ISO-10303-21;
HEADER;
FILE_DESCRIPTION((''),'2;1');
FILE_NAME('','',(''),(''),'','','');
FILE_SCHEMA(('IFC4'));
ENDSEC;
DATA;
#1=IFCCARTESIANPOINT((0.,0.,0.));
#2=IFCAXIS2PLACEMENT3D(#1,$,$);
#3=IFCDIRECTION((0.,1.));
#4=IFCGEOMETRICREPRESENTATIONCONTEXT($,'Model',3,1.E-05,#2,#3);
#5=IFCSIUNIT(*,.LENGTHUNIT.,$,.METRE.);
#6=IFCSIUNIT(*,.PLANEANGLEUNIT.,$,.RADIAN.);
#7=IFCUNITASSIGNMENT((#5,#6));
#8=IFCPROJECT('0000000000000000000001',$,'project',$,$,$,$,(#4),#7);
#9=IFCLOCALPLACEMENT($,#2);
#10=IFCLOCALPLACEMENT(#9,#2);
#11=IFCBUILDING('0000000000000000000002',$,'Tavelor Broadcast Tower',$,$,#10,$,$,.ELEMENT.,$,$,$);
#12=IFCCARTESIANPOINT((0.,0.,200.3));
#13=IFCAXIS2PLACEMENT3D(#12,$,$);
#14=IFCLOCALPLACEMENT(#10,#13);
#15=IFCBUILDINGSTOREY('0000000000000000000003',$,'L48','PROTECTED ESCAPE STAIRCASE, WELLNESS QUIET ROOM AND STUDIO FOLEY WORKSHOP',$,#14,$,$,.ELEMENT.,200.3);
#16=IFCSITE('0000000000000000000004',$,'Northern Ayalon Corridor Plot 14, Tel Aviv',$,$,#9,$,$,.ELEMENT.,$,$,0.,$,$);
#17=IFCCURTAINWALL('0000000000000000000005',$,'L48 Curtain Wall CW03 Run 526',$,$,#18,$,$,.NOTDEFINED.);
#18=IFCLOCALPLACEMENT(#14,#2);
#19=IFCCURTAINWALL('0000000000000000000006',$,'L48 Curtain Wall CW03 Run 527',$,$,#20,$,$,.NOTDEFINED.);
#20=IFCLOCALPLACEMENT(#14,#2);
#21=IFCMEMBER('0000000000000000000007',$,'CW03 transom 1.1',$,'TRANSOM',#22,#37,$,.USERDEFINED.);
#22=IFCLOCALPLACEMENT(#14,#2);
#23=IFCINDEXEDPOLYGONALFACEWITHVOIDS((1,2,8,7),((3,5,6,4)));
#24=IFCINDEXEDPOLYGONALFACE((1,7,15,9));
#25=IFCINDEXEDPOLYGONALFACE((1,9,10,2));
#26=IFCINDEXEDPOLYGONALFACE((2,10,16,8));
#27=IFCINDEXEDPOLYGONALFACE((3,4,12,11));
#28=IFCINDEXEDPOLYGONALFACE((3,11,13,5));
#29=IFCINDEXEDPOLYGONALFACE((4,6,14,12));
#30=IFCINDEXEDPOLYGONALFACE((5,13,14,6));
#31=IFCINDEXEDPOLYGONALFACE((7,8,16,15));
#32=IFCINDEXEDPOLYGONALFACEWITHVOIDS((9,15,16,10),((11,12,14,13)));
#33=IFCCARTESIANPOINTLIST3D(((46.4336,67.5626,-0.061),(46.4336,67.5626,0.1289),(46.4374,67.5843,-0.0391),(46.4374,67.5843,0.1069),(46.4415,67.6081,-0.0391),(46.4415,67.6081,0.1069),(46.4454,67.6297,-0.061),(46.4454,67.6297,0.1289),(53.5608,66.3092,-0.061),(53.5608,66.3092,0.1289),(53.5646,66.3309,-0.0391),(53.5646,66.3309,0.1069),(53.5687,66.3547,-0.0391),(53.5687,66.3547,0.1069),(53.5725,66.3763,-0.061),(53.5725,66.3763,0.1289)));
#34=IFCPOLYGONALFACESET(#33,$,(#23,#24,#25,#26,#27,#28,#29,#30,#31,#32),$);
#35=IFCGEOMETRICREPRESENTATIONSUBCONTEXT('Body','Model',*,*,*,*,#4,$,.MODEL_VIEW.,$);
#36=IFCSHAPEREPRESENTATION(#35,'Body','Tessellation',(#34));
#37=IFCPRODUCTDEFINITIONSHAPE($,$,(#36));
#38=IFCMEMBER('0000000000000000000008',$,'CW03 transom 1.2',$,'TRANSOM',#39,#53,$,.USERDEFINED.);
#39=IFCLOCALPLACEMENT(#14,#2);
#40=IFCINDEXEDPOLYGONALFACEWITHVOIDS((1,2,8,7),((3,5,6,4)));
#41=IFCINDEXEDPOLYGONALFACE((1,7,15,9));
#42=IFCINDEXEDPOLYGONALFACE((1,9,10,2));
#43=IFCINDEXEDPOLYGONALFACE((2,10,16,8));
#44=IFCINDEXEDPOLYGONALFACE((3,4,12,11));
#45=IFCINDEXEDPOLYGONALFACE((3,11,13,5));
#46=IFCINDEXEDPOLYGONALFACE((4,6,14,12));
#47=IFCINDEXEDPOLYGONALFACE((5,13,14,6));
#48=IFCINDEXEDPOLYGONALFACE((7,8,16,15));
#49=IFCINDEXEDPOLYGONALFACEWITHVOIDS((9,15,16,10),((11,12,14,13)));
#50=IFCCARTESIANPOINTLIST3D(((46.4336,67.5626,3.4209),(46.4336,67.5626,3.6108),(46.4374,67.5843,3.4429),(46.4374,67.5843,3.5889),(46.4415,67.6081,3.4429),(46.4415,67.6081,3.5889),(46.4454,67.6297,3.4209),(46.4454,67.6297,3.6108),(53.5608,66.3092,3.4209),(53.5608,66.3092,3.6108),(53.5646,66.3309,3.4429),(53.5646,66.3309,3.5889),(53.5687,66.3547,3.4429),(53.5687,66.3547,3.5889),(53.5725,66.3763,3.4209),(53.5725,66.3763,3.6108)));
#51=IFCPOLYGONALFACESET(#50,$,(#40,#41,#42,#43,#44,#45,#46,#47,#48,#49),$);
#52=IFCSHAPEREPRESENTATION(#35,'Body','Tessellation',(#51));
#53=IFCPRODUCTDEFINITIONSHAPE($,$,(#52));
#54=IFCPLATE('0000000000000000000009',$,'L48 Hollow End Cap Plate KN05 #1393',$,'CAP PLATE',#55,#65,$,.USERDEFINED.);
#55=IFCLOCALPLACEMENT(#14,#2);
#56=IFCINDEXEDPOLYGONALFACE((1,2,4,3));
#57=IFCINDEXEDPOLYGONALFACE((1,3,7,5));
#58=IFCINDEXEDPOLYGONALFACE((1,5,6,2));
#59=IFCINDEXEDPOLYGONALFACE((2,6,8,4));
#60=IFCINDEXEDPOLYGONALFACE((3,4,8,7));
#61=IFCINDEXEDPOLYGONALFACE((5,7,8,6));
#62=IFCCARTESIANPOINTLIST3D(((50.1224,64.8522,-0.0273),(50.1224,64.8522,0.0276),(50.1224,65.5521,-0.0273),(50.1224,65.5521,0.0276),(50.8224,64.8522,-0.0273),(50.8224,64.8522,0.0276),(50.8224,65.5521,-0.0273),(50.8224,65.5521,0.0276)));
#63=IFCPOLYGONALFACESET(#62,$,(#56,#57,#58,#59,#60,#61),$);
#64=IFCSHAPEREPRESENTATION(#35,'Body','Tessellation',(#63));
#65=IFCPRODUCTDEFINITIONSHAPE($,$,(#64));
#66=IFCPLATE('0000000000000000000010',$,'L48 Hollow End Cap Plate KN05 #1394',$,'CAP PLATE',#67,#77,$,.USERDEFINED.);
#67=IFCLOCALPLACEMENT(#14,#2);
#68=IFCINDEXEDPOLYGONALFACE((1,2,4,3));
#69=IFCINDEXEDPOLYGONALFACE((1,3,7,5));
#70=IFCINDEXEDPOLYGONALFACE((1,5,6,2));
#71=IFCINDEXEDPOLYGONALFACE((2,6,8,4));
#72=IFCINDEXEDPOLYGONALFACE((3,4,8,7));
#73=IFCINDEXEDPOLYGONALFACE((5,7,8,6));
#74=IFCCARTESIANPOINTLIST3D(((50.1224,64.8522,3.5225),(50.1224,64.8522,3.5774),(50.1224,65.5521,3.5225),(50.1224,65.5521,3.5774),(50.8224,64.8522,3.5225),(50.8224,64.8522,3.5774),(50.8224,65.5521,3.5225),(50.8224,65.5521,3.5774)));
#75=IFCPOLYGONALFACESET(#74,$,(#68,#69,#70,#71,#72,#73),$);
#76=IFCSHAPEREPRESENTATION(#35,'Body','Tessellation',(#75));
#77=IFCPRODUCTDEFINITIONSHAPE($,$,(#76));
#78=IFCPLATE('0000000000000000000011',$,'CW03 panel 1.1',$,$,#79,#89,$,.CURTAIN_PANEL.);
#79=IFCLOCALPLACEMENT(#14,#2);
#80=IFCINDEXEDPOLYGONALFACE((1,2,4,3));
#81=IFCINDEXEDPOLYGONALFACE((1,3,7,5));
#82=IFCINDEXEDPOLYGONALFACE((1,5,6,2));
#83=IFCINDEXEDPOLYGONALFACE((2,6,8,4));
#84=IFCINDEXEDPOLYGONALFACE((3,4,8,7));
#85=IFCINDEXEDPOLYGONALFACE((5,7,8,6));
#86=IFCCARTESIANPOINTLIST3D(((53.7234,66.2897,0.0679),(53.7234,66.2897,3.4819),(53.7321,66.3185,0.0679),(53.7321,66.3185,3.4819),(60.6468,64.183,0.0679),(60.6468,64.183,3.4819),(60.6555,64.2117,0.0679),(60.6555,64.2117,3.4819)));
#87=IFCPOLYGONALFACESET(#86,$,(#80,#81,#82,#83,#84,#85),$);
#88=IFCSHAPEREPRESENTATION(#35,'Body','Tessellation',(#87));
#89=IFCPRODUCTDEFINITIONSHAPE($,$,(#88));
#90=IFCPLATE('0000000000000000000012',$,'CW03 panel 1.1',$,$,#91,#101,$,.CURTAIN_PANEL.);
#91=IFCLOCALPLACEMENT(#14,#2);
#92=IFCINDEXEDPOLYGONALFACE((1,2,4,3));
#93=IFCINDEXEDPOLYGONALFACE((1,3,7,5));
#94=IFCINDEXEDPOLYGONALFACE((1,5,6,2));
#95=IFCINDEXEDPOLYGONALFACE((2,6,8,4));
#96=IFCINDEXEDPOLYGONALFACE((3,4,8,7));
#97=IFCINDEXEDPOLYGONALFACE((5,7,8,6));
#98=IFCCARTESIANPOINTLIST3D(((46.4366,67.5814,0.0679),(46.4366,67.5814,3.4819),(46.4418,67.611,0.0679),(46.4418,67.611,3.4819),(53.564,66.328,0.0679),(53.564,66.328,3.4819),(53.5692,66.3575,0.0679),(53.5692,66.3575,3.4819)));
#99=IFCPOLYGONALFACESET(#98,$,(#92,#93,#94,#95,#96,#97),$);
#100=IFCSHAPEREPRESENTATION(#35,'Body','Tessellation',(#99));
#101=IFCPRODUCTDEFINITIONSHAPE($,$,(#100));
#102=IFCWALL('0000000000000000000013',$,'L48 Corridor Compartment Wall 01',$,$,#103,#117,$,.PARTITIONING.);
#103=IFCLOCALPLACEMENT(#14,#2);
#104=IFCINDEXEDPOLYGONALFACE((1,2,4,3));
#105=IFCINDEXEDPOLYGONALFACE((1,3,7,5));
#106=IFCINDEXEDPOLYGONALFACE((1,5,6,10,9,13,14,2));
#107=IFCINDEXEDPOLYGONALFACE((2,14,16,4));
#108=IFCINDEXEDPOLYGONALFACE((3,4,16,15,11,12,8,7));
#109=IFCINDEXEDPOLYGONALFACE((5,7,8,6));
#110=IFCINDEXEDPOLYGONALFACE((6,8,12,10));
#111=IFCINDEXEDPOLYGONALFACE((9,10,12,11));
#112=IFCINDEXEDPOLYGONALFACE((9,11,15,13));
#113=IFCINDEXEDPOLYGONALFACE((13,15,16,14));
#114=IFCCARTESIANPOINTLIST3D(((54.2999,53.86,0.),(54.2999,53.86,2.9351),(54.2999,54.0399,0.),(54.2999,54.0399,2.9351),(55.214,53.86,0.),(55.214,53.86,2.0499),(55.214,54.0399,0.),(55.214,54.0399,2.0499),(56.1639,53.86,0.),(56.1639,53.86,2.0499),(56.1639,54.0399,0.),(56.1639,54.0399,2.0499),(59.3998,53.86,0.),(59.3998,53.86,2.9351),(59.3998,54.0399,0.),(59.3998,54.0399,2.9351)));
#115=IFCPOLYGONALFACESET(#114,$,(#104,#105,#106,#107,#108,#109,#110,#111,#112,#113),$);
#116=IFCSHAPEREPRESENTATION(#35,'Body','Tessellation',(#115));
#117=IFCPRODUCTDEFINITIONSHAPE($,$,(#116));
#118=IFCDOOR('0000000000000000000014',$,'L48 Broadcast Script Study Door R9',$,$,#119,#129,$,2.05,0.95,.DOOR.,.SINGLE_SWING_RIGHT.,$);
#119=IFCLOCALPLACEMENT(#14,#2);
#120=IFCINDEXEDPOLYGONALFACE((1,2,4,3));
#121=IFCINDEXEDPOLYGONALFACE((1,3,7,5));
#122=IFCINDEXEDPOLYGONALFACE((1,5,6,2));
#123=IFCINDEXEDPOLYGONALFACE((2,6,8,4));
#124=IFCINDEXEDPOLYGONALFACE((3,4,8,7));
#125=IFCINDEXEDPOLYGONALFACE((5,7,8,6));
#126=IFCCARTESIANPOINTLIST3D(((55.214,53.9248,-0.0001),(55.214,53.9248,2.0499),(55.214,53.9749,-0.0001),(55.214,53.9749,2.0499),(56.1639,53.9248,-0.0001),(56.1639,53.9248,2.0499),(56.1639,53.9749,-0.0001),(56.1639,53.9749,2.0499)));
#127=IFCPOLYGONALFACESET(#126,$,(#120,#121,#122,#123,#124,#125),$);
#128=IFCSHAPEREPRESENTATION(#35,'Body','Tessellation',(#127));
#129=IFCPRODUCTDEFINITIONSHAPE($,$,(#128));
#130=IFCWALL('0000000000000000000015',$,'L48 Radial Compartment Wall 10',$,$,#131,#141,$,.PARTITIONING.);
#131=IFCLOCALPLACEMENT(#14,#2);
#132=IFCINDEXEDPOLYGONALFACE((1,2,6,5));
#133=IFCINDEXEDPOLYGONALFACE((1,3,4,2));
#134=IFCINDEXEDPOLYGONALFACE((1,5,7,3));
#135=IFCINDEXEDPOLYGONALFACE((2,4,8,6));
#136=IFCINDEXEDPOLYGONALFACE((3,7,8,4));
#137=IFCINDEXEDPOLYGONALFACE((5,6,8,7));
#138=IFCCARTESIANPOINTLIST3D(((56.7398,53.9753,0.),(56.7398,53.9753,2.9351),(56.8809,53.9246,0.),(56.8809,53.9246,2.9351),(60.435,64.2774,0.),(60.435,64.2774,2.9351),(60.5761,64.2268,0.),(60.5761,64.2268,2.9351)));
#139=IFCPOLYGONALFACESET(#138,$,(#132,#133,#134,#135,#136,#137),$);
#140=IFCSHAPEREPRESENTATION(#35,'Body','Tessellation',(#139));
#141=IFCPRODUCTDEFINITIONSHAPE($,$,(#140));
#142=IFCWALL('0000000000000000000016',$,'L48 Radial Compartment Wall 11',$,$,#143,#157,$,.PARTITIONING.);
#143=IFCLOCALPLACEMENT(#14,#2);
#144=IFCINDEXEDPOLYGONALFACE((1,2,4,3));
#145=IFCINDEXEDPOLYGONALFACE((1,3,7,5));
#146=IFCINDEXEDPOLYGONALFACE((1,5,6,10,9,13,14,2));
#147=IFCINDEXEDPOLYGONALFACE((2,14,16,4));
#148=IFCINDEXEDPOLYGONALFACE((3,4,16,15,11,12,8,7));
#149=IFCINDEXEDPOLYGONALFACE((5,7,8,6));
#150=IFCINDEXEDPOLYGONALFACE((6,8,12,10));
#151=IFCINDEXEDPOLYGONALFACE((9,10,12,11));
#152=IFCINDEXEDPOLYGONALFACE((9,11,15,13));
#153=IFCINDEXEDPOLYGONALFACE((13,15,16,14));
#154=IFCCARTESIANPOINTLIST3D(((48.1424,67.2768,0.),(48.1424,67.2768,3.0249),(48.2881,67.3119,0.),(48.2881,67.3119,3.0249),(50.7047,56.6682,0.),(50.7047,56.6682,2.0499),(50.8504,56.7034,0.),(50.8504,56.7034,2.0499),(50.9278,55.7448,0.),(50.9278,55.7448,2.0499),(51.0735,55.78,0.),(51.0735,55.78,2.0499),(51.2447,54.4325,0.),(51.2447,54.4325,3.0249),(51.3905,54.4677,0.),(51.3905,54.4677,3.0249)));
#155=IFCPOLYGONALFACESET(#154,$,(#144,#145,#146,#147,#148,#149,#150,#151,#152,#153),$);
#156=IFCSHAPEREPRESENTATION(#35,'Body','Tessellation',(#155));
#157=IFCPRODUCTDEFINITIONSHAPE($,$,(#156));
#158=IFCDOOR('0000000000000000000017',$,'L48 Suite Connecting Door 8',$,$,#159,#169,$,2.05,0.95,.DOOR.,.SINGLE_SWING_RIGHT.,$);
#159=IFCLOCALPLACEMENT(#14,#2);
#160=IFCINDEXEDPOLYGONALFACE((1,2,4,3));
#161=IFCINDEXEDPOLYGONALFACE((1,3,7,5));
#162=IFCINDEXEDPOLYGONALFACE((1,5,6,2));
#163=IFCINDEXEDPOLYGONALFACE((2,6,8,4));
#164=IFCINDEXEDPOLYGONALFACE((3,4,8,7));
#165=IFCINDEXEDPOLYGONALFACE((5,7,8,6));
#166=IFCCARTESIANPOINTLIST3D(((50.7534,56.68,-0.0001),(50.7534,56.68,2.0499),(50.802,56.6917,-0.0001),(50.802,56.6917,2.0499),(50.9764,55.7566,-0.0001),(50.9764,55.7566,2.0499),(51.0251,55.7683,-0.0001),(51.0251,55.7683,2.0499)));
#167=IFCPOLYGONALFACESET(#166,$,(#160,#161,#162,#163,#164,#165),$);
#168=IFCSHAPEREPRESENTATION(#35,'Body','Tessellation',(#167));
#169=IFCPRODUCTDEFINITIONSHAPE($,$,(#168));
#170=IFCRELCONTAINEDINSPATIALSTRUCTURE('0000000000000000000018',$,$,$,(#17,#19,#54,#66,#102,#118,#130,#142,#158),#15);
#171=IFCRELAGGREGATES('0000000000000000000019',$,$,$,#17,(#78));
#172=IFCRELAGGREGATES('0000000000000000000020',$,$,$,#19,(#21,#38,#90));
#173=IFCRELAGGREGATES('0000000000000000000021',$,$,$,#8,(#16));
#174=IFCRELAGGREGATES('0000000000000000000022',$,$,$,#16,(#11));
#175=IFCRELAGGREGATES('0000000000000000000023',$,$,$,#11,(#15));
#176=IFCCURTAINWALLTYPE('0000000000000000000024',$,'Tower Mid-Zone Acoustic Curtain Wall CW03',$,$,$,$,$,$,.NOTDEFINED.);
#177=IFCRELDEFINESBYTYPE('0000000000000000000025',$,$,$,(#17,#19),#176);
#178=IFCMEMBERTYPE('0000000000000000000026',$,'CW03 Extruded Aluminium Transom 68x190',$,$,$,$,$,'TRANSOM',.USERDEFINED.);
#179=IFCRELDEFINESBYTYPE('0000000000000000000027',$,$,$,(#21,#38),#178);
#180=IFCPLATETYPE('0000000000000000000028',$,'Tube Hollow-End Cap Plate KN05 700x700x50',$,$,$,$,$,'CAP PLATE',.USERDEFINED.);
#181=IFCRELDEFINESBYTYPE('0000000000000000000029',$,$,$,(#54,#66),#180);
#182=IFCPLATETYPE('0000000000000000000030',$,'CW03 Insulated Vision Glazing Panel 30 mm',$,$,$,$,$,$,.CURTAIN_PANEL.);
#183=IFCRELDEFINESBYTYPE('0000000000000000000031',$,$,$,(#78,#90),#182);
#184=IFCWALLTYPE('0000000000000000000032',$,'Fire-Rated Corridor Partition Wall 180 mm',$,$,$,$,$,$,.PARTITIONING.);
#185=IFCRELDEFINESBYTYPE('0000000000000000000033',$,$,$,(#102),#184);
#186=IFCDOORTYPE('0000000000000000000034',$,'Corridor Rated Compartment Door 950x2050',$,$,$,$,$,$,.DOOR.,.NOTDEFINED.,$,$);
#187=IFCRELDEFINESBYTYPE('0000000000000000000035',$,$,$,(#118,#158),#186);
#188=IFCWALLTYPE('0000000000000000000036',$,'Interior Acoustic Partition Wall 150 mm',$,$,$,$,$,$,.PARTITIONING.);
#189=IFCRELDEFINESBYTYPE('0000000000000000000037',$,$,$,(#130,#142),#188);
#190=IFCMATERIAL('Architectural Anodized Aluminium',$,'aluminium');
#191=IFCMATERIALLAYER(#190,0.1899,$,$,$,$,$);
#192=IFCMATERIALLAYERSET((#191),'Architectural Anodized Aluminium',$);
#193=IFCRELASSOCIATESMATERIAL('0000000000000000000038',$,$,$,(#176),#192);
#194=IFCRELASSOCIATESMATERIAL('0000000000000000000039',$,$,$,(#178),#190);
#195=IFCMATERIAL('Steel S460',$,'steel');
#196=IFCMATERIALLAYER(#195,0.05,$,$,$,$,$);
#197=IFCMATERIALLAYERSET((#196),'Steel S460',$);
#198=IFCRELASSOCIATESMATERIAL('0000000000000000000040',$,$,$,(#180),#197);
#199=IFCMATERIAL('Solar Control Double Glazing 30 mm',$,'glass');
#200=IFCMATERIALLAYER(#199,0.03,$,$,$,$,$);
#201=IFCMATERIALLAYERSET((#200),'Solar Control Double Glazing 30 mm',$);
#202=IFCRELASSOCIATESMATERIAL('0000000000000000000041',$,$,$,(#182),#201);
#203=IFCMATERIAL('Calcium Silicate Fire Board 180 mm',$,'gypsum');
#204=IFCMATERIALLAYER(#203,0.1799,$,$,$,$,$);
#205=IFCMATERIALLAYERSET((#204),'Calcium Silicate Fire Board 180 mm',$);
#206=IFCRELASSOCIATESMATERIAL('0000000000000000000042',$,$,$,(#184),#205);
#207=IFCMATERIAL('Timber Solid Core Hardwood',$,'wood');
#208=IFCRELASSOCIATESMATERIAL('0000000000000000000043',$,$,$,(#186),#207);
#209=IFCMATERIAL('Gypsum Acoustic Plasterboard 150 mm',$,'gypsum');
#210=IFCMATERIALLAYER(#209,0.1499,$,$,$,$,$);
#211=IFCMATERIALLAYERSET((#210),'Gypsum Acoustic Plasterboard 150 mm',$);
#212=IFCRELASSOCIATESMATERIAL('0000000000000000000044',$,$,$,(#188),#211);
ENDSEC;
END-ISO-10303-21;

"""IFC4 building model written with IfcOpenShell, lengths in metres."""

from ifc_helpers import new_model, si_unit, direction, frame, frame_2d, origin, origin_2d, place, context, subcontext, project, spatial, rectangle, hollow_rectangle, extrude, source, transform, mapped, material, layer, layer_set, material_profile, profile_set, type_object, type_shapes, element, fill, aggregate, save


model = new_model("IFC4")

# Units and contexts
model_context = context("Model", 3, precision=1e-05, world=origin(), true_north=direction((0.0, 1.0)))
body_context = subcontext(model_context, "Body", "Model", "MODEL_VIEW")
ifc_project = project(units=[si_unit("LENGTHUNIT", "METRE"), si_unit("PLANEANGLEUNIT", "RADIAN")], contexts=[model_context])

# Site, building, storey
site_placement = place(None, origin())
site = spatial("IfcSite", under=ifc_project, at=site_placement, Name="Northern Ayalon Corridor Plot 14, Tel Aviv", CompositionType="ELEMENT", RefElevation=0.0)
building_placement = place(site_placement, origin())
building = spatial("IfcBuilding", under=site, at=building_placement, Name="Tavelor Broadcast Tower", CompositionType="ELEMENT")
storey_placement = place(building_placement, frame((0.0, 0.0, 200.3)))
storey = spatial("IfcBuildingStorey", under=building, at=storey_placement, Name="L48", Description="PROTECTED ESCAPE STAIRCASE, WELLNESS QUIET ROOM AND STUDIO FOLEY WORKSHOP", CompositionType="ELEMENT", Elevation=200.3)

# Shared definitions
ifc_material_1 = material(Name="Steel S460", Category="steel")

# Curtain wall
ifc_material_2 = material(Name="Architectural Anodized Aluminium", Category="aluminium")
ifc_layer_1 = layer(ifc_material_2, 0.1899)
ifc_layer_set_1 = layer_set([ifc_layer_1], Name="Architectural Anodized Aluminium")
curtain_wall_type = type_object("IfcCurtainWallType", Name="Tower Mid-Zone Acoustic Curtain Wall CW03", PredefinedType="NOTDEFINED", material=ifc_layer_set_1)
curtain_wall_1_placement = place(storey_placement, origin())
curtain_wall_1 = element("IfcCurtainWall", 1, at=curtain_wall_1_placement, inside=storey, type_object=curtain_wall_type, Name="L48 Curtain Wall CW03 Run 526", PredefinedType="NOTDEFINED")

# Curtain wall
curtain_wall_2_placement = place(storey_placement, origin())
curtain_wall_2 = element("IfcCurtainWall", 2, at=curtain_wall_2_placement, inside=storey, type_object=curtain_wall_type, Name="L48 Curtain Wall CW03 Run 527", PredefinedType="NOTDEFINED")

# Members
ifc_material_profile_1 = material_profile(ifc_material_2, hollow_rectangle(XDim=0.0681, YDim=0.1899, WallThickness=0.022, at=origin_2d()), Name="RHS 68x190x22")
ifc_profile_set_1 = profile_set([ifc_material_profile_1], Name="Architectural Anodized Aluminium")
member_type_1 = type_object("IfcMemberType", Name="CW03 Extruded Aluminium Transom 68x190", ElementType="TRANSOM", PredefinedType="USERDEFINED", material=ifc_profile_set_1)
shared_shape_1 = source(origin(), body_context, "Body", "SweptSolid", [
    extrude(hollow_rectangle(XDim=0.0681, YDim=0.1899, WallThickness=0.022, at=origin_2d()), origin(), (0.0, 0.0, 1.0), 7.2366),
])
type_shapes(member_type_1, [shared_shape_1])
member_1_placement = place(storey_placement, frame((53.5667, 66.3428, 0.0339), z_axis=(-0.984886, 0.173206, 0.0), x_axis=(-0.173206, -0.984886, 0.0)))
member_1 = element("IfcMember", 3, at=member_1_placement, type_object=member_type_1, Name="CW03 transom 1.1", ObjectType="TRANSOM", PredefinedType="USERDEFINED", context=body_context, shape_type="MappedRepresentation", body=[
    mapped(shared_shape_1, transform((0.0, 0.0, 0.0), scale=1.0)),
])
member_2_placement = place(storey_placement, frame((53.5667, 66.3428, 3.5159), z_axis=(-0.984886, 0.173206, 0.0), x_axis=(-0.173206, -0.984886, 0.0)))
member_2 = element("IfcMember", 4, at=member_2_placement, type_object=member_type_1, Name="CW03 transom 1.2", ObjectType="TRANSOM", PredefinedType="USERDEFINED", context=body_context, shape_type="MappedRepresentation", body=[
    mapped(shared_shape_1, transform((0.0, 0.0, 0.0), scale=1.0)),
])

# Plates
ifc_layer_2 = layer(ifc_material_1, 0.05)
ifc_layer_set_2 = layer_set([ifc_layer_2], Name="Steel S460")
plate_type_1 = type_object("IfcPlateType", Name="Tube Hollow-End Cap Plate KN05 700x700x50", ElementType="CAP PLATE", PredefinedType="USERDEFINED", material=ifc_layer_set_2)
shared_shape_2 = source(origin(), body_context, "Body", "SweptSolid", [
    extrude(rectangle(XDim=0.7, YDim=0.7, at=origin_2d()), origin(), (0.0, 0.0, 1.0), 0.0549),
])
type_shapes(plate_type_1, [shared_shape_2])
for number, where, z_axis, x_axis, name in (
    (5, (50.4724, 65.2021, -0.0273), (0.0, 0.0, 1.0), (1.0, 0.0, 0.0), "L48 Hollow End Cap Plate KN05 #1393"),
    (6, (50.4724, 65.2021, 3.5225), (0.0, 0.0, 1.0), (1.0, 0.0, 0.0), "L48 Hollow End Cap Plate KN05 #1394"),
):
    element("IfcPlate", number, at=place(storey_placement, frame(where, z_axis=z_axis, x_axis=x_axis)), inside=storey, type_object=plate_type_1, Name=name, ObjectType="CAP PLATE", PredefinedType="USERDEFINED", context=body_context, shape_type="MappedRepresentation", body=[
        mapped(shared_shape_2, transform((0.0, 0.0, 0.0), scale=1.0)),
    ])

# Plates
ifc_material_3 = material(Name="Solar Control Double Glazing 30 mm", Category="glass")
ifc_layer_3 = layer(ifc_material_3, 0.03)
ifc_layer_set_3 = layer_set([ifc_layer_3], Name="Solar Control Double Glazing 30 mm")
plate_type_2 = type_object("IfcPlateType", Name="CW03 Insulated Vision Glazing Panel 30 mm", PredefinedType="CURTAIN_PANEL", material=ifc_layer_set_3)
shared_shape_3 = source(origin(), body_context, "Body", "SweptSolid", [
    extrude(rectangle(XDim=7.2368, YDim=0.03, at=origin_2d()), origin(), (0.0, 0.0, 1.0), 3.4141),
])
type_shapes(plate_type_2, [shared_shape_3])
plate_1_placement = place(storey_placement, frame((57.1895, 65.2507, 0.0679), z_axis=(0.0, 0.0, 1.0), x_axis=(-0.956688, 0.291114, 0.0)))
plate_1 = element("IfcPlate", 7, at=plate_1_placement, type_object=plate_type_2, Name="CW03 panel 1.1", PredefinedType="CURTAIN_PANEL", context=body_context, shape_type="MappedRepresentation", body=[
    mapped(shared_shape_3, transform((0.0, 0.0, 0.0), scale=1.0)),
])
aggregate(curtain_wall_1, [plate_1])
plate_2_placement = place(storey_placement, frame((50.0029, 66.9695, 0.0679), z_axis=(0.0, 0.0, 1.0), x_axis=(-0.984886, 0.173206, 0.0)))
plate_2 = element("IfcPlate", 8, at=plate_2_placement, type_object=plate_type_2, Name="CW03 panel 1.1", PredefinedType="CURTAIN_PANEL", context=body_context, shape_type="MappedRepresentation", body=[
    mapped(shared_shape_3, transform((0.0, 0.0, 0.0), scale=1.0)),
])
aggregate(curtain_wall_2, [member_1, member_2, plate_2])

# Wall, opening, door
ifc_material_4 = material(Name="Calcium Silicate Fire Board 180 mm", Category="gypsum")
ifc_layer_4 = layer(ifc_material_4, 0.1799)
ifc_layer_set_4 = layer_set([ifc_layer_4], Name="Calcium Silicate Fire Board 180 mm")
wall_type_1 = type_object("IfcWallType", Name="Fire-Rated Corridor Partition Wall 180 mm", PredefinedType="PARTITIONING", material=ifc_layer_set_4)
wall_1_placement = place(storey_placement, frame((54.3, 53.95, 0.0), z_axis=(0.0, 0.0, 1.0), x_axis=(1.0, 0.0, 0.0)))
wall_1 = element("IfcWall", 9, at=wall_1_placement, inside=storey, type_object=wall_type_1, Name="L48 Corridor Compartment Wall 01", PredefinedType="PARTITIONING", context=body_context, shape_type="SweptSolid", body=[
    extrude(rectangle(XDim=5.0999, YDim=0.1799, at=frame_2d((2.5498, 0.0))), origin(), (0.0, 0.0, 1.0), 2.9351),
])
opening_1_placement = place(wall_1_placement, frame((0.9138, 0.0, 0.0)))
opening_1 = element("IfcOpeningElement", 10, at=opening_1_placement, cuts=wall_1, PredefinedType="OPENING", context=body_context, shape_type="SweptSolid", body=[
    extrude(rectangle(XDim=0.95, YDim=2.05, at=frame_2d((0.4751, 1.0249))), frame((0.0, 0.1001, 0.0), z_axis=(0.0, -1.0, 0.0), x_axis=(1.0, 0.0, 0.0)), (0.0, 0.0, 1.0), 0.2),
])
ifc_material_5 = material(Name="Timber Solid Core Hardwood", Category="wood")
door_type = type_object("IfcDoorType", Name="Corridor Rated Compartment Door 950x2050", OperationType="NOTDEFINED", PredefinedType="DOOR", material=ifc_material_5)
door_1_placement = place(opening_1_placement, origin())
door_1 = element("IfcDoor", 11, at=door_1_placement, inside=storey, type_object=door_type, Name="L48 Broadcast Script Study Door R9", OperationType="SINGLE_SWING_RIGHT", OverallHeight=2.05, OverallWidth=0.95, PredefinedType="DOOR", context=body_context, shape_type="SweptSolid", body=[
    extrude(rectangle(XDim=0.95, YDim=2.05, at=frame_2d((0.4751, 1.0249))), frame((0.0, 0.0249, 0.0), z_axis=(0.0, -1.0, 0.0), x_axis=(1.0, 0.0, 0.0)), (0.0, 0.0, 1.0), 0.05),
])
fill(opening_1, door_1)

# Wall
ifc_material_6 = material(Name="Gypsum Acoustic Plasterboard 150 mm", Category="gypsum")
ifc_layer_5 = layer(ifc_material_6, 0.1499)
ifc_layer_set_5 = layer_set([ifc_layer_5], Name="Gypsum Acoustic Plasterboard 150 mm")
wall_type_2 = type_object("IfcWallType", Name="Interior Acoustic Partition Wall 150 mm", PredefinedType="PARTITIONING", material=ifc_layer_set_5)
wall_2_placement = place(storey_placement, frame((56.8103, 53.95, 0.0), z_axis=(0.0, 0.0, 1.0), x_axis=(0.337628, 0.94128, 0.0)))
element("IfcWall", 12, at=wall_2_placement, inside=storey, type_object=wall_type_2, Name="L48 Radial Compartment Wall 10", PredefinedType="PARTITIONING", context=body_context, shape_type="SweptSolid", body=[
    extrude(rectangle(XDim=10.9448, YDim=0.1499, at=frame_2d((5.4724, 0.0))), origin(), (0.0, 0.0, 1.0), 2.9351),
])

# Wall, opening, door
wall_3_placement = place(storey_placement, frame((51.3176, 54.45, 0.0), z_axis=(0.0, 0.0, 1.0), x_axis=(-0.234781, 0.972048, 0.0)))
wall_3 = element("IfcWall", 13, at=wall_3_placement, inside=storey, type_object=wall_type_2, Name="L48 Radial Compartment Wall 11", PredefinedType="PARTITIONING", context=body_context, shape_type="SweptSolid", body=[
    extrude(rectangle(XDim=13.2136, YDim=0.1499, at=frame_2d((6.6069, 0.0))), origin(), (0.0, 0.0, 1.0), 3.0249),
])
opening_2_placement = place(wall_3_placement, frame((1.3501, 0.0, 0.0)))
opening_2 = element("IfcOpeningElement", 14, at=opening_2_placement, cuts=wall_3, PredefinedType="OPENING", context=body_context, shape_type="SweptSolid", body=[
    extrude(rectangle(XDim=0.95, YDim=2.05, at=frame_2d((0.4751, 1.0249))), frame((0.0, 0.085, 0.0), z_axis=(0.0, -1.0, 0.0), x_axis=(1.0, 0.0, 0.0)), (0.0, 0.0, 1.0), 0.1699),
])
door_2_placement = place(opening_2_placement, origin())
door_2 = element("IfcDoor", 15, at=door_2_placement, inside=storey, type_object=door_type, Name="L48 Suite Connecting Door 8", OperationType="SINGLE_SWING_RIGHT", OverallHeight=2.05, OverallWidth=0.95, PredefinedType="DOOR", context=body_context, shape_type="SweptSolid", body=[
    extrude(rectangle(XDim=0.95, YDim=2.05, at=frame_2d((0.4751, 1.0249))), frame((0.0, 0.0249, 0.0), z_axis=(0.0, -1.0, 0.0), x_axis=(1.0, 0.0, 0.0)), (0.0, 0.0, 1.0), 0.05),
])
fill(opening_2, door_2)

save(model, "model.ifc")
